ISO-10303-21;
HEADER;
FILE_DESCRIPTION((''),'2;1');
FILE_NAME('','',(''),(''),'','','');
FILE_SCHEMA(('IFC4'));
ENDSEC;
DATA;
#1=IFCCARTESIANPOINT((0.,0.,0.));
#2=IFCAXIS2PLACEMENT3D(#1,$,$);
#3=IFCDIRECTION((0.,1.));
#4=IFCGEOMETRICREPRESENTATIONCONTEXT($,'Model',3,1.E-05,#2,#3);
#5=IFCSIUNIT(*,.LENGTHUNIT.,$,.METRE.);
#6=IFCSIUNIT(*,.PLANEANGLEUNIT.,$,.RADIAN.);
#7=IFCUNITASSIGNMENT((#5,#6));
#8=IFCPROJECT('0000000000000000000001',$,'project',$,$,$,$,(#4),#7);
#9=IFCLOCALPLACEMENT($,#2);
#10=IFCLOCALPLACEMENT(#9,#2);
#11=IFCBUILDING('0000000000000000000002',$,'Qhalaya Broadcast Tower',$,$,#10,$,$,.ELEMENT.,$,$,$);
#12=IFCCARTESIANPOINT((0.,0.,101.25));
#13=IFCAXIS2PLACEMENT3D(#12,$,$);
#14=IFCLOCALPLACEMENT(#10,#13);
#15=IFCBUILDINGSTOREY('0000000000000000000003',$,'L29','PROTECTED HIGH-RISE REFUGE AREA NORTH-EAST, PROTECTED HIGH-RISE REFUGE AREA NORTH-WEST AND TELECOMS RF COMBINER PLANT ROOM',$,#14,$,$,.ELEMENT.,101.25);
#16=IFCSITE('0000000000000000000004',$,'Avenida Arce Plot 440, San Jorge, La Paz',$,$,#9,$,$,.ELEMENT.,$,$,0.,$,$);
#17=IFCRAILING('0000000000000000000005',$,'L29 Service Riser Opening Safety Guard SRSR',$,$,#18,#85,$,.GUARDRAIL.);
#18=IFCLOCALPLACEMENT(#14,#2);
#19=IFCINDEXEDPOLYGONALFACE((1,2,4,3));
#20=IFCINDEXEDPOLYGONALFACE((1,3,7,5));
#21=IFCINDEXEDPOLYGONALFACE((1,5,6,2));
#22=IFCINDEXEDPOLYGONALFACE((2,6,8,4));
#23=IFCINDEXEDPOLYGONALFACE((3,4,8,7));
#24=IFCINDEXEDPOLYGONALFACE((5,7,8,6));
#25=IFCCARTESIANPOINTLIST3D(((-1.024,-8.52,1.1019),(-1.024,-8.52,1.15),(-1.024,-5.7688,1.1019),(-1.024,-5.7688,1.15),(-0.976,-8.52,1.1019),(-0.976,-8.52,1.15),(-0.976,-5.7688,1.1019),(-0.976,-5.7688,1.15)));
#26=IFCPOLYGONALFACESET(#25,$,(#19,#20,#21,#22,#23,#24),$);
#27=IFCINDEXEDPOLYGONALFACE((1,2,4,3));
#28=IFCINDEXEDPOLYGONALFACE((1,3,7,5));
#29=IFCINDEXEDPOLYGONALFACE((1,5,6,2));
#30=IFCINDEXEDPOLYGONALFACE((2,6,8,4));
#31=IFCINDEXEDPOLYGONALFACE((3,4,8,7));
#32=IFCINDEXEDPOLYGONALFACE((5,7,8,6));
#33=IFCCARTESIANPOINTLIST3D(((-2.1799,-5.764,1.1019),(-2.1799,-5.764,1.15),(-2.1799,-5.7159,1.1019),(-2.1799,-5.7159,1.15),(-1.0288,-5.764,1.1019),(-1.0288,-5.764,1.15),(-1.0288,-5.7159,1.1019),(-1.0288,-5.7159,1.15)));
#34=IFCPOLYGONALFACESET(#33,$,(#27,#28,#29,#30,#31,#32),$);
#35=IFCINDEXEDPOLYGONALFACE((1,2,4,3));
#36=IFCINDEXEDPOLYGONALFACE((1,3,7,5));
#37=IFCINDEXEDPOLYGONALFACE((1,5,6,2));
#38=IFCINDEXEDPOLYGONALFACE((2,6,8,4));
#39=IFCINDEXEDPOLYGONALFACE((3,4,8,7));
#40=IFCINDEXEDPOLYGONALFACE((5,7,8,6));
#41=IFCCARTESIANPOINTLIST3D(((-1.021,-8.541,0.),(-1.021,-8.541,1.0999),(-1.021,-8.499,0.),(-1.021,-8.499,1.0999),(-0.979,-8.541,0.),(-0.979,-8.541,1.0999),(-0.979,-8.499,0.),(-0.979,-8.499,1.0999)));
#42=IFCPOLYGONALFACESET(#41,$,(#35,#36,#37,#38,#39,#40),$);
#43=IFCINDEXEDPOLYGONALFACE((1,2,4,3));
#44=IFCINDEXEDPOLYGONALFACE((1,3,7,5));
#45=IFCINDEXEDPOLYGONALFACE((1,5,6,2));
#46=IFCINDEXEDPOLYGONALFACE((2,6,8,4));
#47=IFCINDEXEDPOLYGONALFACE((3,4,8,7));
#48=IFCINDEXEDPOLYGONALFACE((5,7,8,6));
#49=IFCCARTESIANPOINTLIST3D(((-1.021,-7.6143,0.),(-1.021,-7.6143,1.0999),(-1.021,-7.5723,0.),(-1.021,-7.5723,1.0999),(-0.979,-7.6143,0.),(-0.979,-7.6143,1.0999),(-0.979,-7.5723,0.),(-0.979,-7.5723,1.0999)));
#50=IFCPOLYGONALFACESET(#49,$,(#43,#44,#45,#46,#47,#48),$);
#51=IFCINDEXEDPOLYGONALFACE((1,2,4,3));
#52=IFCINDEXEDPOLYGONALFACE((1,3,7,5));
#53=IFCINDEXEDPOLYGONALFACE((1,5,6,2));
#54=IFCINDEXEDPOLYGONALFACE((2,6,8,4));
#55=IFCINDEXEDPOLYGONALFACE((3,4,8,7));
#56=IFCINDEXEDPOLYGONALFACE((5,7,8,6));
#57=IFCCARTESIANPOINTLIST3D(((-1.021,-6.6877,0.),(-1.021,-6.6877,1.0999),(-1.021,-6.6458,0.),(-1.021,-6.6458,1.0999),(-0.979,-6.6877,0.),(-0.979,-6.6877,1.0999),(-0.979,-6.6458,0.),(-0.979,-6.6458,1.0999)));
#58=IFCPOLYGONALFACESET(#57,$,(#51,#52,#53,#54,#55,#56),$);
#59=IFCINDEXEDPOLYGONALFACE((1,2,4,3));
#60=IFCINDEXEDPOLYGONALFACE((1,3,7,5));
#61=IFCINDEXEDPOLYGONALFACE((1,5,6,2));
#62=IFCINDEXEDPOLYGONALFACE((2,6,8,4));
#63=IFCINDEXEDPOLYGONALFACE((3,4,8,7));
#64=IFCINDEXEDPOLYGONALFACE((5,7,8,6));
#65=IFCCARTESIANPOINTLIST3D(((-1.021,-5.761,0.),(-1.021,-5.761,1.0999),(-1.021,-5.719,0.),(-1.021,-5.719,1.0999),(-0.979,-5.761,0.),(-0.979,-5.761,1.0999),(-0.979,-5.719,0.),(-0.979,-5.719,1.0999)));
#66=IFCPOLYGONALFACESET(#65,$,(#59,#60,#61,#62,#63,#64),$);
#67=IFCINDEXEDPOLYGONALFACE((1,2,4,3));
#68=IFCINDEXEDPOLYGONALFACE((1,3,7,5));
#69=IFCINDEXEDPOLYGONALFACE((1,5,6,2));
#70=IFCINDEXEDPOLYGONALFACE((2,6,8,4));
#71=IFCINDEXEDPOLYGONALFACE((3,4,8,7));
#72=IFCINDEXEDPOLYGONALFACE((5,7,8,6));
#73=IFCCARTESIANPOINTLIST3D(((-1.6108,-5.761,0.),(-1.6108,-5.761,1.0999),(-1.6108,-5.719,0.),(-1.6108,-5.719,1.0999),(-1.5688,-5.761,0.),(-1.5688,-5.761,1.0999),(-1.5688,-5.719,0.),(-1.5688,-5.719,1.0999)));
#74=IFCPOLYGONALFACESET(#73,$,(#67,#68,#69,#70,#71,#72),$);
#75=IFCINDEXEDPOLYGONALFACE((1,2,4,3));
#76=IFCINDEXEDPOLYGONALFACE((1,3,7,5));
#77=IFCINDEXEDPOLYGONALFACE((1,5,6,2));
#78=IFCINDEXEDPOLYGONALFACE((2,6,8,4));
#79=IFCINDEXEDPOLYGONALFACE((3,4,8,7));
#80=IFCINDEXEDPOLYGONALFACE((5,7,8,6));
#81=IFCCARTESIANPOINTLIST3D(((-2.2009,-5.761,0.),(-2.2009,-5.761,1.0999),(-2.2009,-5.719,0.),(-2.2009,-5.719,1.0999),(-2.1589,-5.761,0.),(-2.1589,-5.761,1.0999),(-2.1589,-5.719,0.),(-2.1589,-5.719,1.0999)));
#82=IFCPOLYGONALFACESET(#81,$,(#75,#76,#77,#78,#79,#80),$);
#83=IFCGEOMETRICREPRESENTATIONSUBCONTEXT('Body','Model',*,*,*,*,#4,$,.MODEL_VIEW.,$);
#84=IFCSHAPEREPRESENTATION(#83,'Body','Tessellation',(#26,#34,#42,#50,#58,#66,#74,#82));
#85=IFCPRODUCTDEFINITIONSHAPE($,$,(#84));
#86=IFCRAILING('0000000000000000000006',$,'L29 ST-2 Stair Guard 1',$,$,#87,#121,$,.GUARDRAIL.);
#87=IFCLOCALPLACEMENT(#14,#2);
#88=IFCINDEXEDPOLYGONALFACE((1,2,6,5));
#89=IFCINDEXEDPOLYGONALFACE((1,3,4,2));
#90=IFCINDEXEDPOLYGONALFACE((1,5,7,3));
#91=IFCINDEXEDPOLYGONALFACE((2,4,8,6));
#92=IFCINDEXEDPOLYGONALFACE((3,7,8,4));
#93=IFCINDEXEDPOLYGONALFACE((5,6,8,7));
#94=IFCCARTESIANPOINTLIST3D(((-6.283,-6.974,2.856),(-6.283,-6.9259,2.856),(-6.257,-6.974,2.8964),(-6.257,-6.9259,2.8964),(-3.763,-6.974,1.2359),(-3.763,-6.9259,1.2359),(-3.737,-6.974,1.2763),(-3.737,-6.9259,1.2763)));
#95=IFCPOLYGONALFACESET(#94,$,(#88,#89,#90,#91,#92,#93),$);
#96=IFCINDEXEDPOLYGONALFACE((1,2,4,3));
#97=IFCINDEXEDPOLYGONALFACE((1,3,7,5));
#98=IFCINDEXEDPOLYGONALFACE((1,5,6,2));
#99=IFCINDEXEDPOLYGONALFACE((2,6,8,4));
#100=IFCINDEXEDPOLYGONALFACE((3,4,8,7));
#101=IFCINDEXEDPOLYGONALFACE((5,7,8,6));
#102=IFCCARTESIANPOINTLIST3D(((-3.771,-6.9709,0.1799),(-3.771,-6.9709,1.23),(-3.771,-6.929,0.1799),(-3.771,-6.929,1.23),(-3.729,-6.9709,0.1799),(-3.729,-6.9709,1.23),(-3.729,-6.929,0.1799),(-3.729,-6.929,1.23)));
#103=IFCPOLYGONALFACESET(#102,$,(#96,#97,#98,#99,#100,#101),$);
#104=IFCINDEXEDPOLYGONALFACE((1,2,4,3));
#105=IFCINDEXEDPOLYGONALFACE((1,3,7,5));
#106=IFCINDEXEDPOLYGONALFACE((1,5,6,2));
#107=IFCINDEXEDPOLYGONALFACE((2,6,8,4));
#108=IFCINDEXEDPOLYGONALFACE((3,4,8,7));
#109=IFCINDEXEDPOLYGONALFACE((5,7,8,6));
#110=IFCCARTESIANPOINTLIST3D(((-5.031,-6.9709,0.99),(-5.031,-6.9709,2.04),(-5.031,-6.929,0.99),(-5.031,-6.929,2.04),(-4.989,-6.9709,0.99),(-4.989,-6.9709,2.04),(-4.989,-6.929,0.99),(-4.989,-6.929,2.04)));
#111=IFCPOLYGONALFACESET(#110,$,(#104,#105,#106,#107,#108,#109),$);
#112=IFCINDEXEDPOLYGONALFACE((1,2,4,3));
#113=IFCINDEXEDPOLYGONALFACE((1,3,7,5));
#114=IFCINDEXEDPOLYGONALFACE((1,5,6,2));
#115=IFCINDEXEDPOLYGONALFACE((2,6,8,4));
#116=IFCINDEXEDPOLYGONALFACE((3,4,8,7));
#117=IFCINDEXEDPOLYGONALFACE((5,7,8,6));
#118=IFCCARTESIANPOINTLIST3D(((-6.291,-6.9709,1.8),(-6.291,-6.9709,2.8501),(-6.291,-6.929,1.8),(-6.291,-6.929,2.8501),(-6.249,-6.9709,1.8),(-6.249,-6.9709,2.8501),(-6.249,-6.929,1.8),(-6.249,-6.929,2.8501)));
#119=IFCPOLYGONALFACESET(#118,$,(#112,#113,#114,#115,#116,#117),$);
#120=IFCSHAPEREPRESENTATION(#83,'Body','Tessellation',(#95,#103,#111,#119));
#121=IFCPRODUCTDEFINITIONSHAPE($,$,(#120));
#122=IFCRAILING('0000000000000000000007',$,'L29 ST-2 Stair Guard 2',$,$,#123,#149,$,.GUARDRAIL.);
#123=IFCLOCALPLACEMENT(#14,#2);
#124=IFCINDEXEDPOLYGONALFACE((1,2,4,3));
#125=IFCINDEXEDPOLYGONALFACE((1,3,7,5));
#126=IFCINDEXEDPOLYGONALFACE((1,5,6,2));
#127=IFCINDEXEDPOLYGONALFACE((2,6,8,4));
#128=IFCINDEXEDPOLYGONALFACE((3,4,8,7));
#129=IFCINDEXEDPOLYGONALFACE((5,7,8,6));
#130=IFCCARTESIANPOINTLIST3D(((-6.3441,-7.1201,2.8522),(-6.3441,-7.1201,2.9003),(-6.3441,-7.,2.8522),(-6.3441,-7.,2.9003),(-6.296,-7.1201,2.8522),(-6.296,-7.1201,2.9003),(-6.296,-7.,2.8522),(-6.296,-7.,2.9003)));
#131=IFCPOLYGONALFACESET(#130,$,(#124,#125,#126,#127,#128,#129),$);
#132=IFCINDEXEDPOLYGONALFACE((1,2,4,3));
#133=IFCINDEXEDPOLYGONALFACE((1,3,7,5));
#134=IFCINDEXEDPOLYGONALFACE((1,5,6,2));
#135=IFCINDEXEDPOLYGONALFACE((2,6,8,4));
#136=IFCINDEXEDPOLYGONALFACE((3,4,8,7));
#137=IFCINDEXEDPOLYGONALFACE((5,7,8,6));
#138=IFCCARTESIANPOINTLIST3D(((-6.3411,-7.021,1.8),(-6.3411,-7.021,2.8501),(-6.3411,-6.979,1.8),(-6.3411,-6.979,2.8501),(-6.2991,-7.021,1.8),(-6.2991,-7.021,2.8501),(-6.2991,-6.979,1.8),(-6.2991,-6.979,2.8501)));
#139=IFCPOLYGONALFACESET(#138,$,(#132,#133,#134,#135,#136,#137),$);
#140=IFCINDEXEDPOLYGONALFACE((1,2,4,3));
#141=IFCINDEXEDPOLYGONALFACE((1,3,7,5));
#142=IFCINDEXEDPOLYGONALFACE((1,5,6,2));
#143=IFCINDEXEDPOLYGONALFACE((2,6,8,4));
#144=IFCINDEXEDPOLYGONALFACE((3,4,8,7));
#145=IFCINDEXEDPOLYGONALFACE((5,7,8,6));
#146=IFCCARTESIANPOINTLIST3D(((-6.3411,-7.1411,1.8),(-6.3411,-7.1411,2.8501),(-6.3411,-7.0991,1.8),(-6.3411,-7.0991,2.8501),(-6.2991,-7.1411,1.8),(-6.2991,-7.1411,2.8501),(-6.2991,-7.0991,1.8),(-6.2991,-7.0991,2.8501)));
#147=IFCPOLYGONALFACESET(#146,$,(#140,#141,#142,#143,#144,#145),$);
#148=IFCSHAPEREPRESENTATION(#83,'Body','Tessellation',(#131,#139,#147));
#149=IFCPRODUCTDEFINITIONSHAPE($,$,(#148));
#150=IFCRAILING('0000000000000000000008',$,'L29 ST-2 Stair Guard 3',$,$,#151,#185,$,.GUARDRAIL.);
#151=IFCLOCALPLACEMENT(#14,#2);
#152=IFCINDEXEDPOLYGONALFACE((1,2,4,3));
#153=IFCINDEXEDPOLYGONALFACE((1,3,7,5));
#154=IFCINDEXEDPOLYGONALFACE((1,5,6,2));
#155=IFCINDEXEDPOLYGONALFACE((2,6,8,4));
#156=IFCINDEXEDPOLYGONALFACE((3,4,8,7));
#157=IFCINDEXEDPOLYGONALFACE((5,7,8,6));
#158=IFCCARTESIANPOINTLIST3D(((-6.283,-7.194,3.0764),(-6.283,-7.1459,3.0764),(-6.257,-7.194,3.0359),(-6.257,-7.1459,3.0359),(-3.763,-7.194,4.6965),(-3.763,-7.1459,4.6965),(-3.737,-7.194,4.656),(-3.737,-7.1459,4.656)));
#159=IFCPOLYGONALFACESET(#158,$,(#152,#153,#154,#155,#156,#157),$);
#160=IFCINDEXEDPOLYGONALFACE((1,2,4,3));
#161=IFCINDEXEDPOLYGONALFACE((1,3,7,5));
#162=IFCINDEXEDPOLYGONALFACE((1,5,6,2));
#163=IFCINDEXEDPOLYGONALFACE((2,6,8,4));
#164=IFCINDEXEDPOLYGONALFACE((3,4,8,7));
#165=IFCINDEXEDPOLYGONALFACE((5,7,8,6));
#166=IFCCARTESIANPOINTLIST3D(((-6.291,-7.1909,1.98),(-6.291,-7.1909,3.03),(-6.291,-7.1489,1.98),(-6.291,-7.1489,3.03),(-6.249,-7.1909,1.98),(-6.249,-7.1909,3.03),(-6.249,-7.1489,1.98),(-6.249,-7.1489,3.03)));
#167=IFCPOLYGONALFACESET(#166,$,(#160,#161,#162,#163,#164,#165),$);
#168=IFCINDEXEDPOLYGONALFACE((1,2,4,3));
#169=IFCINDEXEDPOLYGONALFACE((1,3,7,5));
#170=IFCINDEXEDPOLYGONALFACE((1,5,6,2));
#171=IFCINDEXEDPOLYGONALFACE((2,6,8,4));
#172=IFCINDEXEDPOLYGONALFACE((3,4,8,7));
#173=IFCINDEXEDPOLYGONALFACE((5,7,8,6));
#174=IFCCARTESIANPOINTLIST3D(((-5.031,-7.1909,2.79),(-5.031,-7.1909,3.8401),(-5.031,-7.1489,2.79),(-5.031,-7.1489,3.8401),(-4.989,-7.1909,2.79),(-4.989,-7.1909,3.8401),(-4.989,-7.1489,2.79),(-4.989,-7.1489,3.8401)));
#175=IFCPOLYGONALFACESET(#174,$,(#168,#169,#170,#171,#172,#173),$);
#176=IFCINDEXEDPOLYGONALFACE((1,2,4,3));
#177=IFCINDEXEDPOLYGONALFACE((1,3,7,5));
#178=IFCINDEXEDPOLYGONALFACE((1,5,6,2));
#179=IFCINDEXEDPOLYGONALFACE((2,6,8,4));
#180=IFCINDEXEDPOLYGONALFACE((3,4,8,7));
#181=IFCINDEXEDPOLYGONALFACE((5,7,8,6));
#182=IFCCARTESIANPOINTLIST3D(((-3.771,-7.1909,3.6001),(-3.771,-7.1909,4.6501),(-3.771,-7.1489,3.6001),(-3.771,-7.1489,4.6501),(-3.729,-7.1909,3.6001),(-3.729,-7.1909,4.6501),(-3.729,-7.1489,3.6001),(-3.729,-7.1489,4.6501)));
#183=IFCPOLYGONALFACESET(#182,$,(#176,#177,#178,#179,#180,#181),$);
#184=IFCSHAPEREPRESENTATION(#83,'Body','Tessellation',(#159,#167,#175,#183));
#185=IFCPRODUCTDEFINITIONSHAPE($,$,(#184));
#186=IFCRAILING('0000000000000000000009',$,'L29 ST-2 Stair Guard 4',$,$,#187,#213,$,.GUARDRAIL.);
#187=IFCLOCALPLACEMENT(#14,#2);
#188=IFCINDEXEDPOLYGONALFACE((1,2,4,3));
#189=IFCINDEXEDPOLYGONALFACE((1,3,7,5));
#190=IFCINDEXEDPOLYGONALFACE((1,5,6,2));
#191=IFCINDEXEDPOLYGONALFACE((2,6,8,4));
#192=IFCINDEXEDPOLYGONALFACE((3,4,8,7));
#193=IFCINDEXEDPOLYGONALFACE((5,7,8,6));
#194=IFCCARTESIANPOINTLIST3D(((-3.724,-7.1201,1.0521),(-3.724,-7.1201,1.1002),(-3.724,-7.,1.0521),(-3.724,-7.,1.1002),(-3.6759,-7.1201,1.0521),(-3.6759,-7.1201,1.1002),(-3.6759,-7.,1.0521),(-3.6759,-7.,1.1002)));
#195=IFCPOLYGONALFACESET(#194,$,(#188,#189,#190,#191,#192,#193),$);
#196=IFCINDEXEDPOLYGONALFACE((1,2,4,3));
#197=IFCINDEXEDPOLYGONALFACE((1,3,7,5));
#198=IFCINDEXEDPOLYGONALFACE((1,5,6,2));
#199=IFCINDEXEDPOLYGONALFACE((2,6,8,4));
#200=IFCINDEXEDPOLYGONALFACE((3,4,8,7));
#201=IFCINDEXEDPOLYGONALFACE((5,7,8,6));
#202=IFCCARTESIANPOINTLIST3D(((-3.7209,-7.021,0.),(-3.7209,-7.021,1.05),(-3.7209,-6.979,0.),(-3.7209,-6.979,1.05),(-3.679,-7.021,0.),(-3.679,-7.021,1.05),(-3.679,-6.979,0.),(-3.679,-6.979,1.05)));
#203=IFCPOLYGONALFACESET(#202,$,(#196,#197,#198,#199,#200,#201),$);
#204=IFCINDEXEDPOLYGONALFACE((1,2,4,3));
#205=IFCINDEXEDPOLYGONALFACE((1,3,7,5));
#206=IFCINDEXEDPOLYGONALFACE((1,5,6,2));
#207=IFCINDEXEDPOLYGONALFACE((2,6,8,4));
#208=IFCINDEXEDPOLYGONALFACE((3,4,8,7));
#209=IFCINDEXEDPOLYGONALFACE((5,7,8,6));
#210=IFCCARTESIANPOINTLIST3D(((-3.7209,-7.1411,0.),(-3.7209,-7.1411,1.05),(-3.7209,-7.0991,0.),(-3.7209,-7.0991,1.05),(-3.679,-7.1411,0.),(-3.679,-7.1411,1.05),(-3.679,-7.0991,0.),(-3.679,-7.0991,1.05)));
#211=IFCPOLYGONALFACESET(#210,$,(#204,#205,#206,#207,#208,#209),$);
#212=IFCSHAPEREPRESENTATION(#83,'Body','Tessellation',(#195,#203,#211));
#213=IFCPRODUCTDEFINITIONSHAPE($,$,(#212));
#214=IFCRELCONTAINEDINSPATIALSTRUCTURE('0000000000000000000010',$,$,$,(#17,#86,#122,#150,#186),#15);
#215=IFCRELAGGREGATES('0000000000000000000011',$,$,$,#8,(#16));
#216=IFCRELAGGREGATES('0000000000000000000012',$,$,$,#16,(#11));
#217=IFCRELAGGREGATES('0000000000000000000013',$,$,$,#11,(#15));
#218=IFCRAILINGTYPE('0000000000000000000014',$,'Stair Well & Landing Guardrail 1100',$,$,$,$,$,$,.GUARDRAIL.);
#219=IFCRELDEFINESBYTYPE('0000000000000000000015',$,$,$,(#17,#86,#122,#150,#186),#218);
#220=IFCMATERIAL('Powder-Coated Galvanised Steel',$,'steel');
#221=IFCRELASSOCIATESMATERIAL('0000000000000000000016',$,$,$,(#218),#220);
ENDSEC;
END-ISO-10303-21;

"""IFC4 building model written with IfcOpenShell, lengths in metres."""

from ifc_helpers import new_model, si_unit, direction, frame, origin, origin_2d, place, context, subcontext, project, spatial, rectangle, extrude, material, type_object, element, save


model = new_model("IFC4")

# Units and contexts
model_context = context("Model", 3, precision=1e-05, world=origin(), true_north=direction((0.0, 1.0)))
body_context = subcontext(model_context, "Body", "Model", "MODEL_VIEW")
ifc_project = project(units=[si_unit("LENGTHUNIT", "METRE"), si_unit("PLANEANGLEUNIT", "RADIAN")], contexts=[model_context])

# Site, building, storey
site_placement = place(None, origin())
site = spatial("IfcSite", under=ifc_project, at=site_placement, Name="Avenida Arce Plot 440, San Jorge, La Paz", CompositionType="ELEMENT", RefElevation=0.0)
building_placement = place(site_placement, origin())
building = spatial("IfcBuilding", under=site, at=building_placement, Name="Qhalaya Broadcast Tower", CompositionType="ELEMENT")
storey_placement = place(building_placement, frame((0.0, 0.0, 101.25)))
storey = spatial("IfcBuildingStorey", under=building, at=storey_placement, Name="L29", Description="PROTECTED HIGH-RISE REFUGE AREA NORTH-EAST, PROTECTED HIGH-RISE REFUGE AREA NORTH-WEST AND TELECOMS RF COMBINER PLANT ROOM", CompositionType="ELEMENT", Elevation=101.25)

# Railings
ifc_material_1 = material(Name="Powder-Coated Galvanised Steel", Category="steel")
railing_type_1 = type_object("IfcRailingType", Name="Stair Well & Landing Guardrail 1100", PredefinedType="GUARDRAIL", material=ifc_material_1)
railing_1_placement = place(storey_placement, frame((-1.0, -8.52, 0.0)))
element("IfcRailing", 1, at=railing_1_placement, inside=storey, type_object=railing_type_1, Name="L29 Service Riser Opening Safety Guard SRSR", PredefinedType="GUARDRAIL", context=body_context, shape_type="SweptSolid", body=[
    extrude(rectangle(XDim=0.0481, YDim=0.0481, at=origin_2d()), frame((0.0, 0.0, 1.126), z_axis=(0.0, 1.0, 0.0), x_axis=(-1.0, 0.0, 0.0)), (0.0, 0.0, 1.0), 2.7512),
    extrude(rectangle(XDim=0.0481, YDim=0.0481, at=origin_2d()), frame((-0.0288, 2.78, 1.126), z_axis=(-1.0, 0.0, 0.0), x_axis=(0.0, -1.0, 0.0)), (0.0, 0.0, 1.0), 1.1511),
    extrude(rectangle(XDim=0.042, YDim=0.042, at=origin_2d()), origin(), (0.0, 0.0, 1.0), 1.0999),
    extrude(rectangle(XDim=0.042, YDim=0.042, at=origin_2d()), frame((0.0, 0.9268, 0.0)), (0.0, 0.0, 1.0), 1.0999),
    extrude(rectangle(XDim=0.042, YDim=0.042, at=origin_2d()), frame((0.0, 1.8533, 0.0)), (0.0, 0.0, 1.0), 1.0999),
    extrude(rectangle(XDim=0.042, YDim=0.042, at=origin_2d()), frame((0.0, 2.78, 0.0)), (0.0, 0.0, 1.0), 1.0999),
    extrude(rectangle(XDim=0.042, YDim=0.042, at=origin_2d()), frame((-0.5898, 2.78, 0.0)), (0.0, 0.0, 1.0), 1.0999),
    extrude(rectangle(XDim=0.042, YDim=0.042, at=origin_2d()), frame((-1.1799, 2.78, 0.0)), (0.0, 0.0, 1.0), 1.0999),
])
railing_2_placement = place(storey_placement, frame((-3.75, -6.95, 0.1799)))
element("IfcRailing", 2, at=railing_2_placement, inside=storey, type_object=railing_type_1, Name="L29 ST-2 Stair Guard 1", PredefinedType="GUARDRAIL", context=body_context, shape_type="SweptSolid", body=[
    extrude(rectangle(XDim=0.0481, YDim=0.0481, at=origin_2d()), frame((0.0, 0.0, 1.0762), z_axis=(-0.841163, 0.0, 0.540782), x_axis=(0.0, -1.0, 0.0)), (0.0, 0.0, 1.0), 2.9958),
    extrude(rectangle(XDim=0.042, YDim=0.042, at=origin_2d()), origin(), (0.0, 0.0, 1.0), 1.05),
    extrude(rectangle(XDim=0.042, YDim=0.042, at=origin_2d()), frame((-1.26, 0.0, 0.8101)), (0.0, 0.0, 1.0), 1.05),
    extrude(rectangle(XDim=0.042, YDim=0.042, at=origin_2d()), frame((-2.52, 0.0, 1.6201)), (0.0, 0.0, 1.0), 1.05),
])
railing_3_placement = place(storey_placement, frame((-6.3201, -7.0, 1.8)))
element("IfcRailing", 3, at=railing_3_placement, inside=storey, type_object=railing_type_1, Name="L29 ST-2 Stair Guard 2", PredefinedType="GUARDRAIL", context=body_context, shape_type="SweptSolid", body=[
    extrude(rectangle(XDim=0.0481, YDim=0.0481, at=origin_2d()), frame((0.0, 0.0, 1.0762), z_axis=(0.0, -1.0, 0.0), x_axis=(1.0, 0.0, 0.0)), (0.0, 0.0, 1.0), 0.1201),
    extrude(rectangle(XDim=0.042, YDim=0.042, at=origin_2d()), origin(), (0.0, 0.0, 1.0), 1.05),
    extrude(rectangle(XDim=0.042, YDim=0.042, at=origin_2d()), frame((0.0, -0.1201, 0.0)), (0.0, 0.0, 1.0), 1.05),
])
railing_4_placement = place(storey_placement, frame((-6.27, -7.1699, 1.98)))
element("IfcRailing", 4, at=railing_4_placement, inside=storey, type_object=railing_type_1, Name="L29 ST-2 Stair Guard 3", PredefinedType="GUARDRAIL", context=body_context, shape_type="SweptSolid", body=[
    extrude(rectangle(XDim=0.0481, YDim=0.0481, at=origin_2d()), frame((0.0, 0.0, 1.0762), z_axis=(0.841163, 0.0, 0.540782), x_axis=(0.0, 1.0, 0.0)), (0.0, 0.0, 1.0), 2.9958),
    extrude(rectangle(XDim=0.042, YDim=0.042, at=origin_2d()), origin(), (0.0, 0.0, 1.0), 1.05),
    extrude(rectangle(XDim=0.042, YDim=0.042, at=origin_2d()), frame((1.26, 0.0, 0.8101)), (0.0, 0.0, 1.0), 1.05),
    extrude(rectangle(XDim=0.042, YDim=0.042, at=origin_2d()), frame((2.52, 0.0, 1.6201)), (0.0, 0.0, 1.0), 1.05),
])
railing_5_placement = place(storey_placement, frame((-3.7, -7.0, 0.0)))
element("IfcRailing", 5, at=railing_5_placement, inside=storey, type_object=railing_type_1, Name="L29 ST-2 Stair Guard 4", PredefinedType="GUARDRAIL", context=body_context, shape_type="SweptSolid", body=[
    extrude(rectangle(XDim=0.0481, YDim=0.0481, at=origin_2d()), frame((0.0, 0.0, 1.0762), z_axis=(0.0, -1.0, 0.0), x_axis=(1.0, 0.0, 0.0)), (0.0, 0.0, 1.0), 0.1201),
    extrude(rectangle(XDim=0.042, YDim=0.042, at=origin_2d()), origin(), (0.0, 0.0, 1.0), 1.05),
    extrude(rectangle(XDim=0.042, YDim=0.042, at=origin_2d()), frame((0.0, -0.1201, 0.0)), (0.0, 0.0, 1.0), 1.05),
])

save(model, "model.ifc")
